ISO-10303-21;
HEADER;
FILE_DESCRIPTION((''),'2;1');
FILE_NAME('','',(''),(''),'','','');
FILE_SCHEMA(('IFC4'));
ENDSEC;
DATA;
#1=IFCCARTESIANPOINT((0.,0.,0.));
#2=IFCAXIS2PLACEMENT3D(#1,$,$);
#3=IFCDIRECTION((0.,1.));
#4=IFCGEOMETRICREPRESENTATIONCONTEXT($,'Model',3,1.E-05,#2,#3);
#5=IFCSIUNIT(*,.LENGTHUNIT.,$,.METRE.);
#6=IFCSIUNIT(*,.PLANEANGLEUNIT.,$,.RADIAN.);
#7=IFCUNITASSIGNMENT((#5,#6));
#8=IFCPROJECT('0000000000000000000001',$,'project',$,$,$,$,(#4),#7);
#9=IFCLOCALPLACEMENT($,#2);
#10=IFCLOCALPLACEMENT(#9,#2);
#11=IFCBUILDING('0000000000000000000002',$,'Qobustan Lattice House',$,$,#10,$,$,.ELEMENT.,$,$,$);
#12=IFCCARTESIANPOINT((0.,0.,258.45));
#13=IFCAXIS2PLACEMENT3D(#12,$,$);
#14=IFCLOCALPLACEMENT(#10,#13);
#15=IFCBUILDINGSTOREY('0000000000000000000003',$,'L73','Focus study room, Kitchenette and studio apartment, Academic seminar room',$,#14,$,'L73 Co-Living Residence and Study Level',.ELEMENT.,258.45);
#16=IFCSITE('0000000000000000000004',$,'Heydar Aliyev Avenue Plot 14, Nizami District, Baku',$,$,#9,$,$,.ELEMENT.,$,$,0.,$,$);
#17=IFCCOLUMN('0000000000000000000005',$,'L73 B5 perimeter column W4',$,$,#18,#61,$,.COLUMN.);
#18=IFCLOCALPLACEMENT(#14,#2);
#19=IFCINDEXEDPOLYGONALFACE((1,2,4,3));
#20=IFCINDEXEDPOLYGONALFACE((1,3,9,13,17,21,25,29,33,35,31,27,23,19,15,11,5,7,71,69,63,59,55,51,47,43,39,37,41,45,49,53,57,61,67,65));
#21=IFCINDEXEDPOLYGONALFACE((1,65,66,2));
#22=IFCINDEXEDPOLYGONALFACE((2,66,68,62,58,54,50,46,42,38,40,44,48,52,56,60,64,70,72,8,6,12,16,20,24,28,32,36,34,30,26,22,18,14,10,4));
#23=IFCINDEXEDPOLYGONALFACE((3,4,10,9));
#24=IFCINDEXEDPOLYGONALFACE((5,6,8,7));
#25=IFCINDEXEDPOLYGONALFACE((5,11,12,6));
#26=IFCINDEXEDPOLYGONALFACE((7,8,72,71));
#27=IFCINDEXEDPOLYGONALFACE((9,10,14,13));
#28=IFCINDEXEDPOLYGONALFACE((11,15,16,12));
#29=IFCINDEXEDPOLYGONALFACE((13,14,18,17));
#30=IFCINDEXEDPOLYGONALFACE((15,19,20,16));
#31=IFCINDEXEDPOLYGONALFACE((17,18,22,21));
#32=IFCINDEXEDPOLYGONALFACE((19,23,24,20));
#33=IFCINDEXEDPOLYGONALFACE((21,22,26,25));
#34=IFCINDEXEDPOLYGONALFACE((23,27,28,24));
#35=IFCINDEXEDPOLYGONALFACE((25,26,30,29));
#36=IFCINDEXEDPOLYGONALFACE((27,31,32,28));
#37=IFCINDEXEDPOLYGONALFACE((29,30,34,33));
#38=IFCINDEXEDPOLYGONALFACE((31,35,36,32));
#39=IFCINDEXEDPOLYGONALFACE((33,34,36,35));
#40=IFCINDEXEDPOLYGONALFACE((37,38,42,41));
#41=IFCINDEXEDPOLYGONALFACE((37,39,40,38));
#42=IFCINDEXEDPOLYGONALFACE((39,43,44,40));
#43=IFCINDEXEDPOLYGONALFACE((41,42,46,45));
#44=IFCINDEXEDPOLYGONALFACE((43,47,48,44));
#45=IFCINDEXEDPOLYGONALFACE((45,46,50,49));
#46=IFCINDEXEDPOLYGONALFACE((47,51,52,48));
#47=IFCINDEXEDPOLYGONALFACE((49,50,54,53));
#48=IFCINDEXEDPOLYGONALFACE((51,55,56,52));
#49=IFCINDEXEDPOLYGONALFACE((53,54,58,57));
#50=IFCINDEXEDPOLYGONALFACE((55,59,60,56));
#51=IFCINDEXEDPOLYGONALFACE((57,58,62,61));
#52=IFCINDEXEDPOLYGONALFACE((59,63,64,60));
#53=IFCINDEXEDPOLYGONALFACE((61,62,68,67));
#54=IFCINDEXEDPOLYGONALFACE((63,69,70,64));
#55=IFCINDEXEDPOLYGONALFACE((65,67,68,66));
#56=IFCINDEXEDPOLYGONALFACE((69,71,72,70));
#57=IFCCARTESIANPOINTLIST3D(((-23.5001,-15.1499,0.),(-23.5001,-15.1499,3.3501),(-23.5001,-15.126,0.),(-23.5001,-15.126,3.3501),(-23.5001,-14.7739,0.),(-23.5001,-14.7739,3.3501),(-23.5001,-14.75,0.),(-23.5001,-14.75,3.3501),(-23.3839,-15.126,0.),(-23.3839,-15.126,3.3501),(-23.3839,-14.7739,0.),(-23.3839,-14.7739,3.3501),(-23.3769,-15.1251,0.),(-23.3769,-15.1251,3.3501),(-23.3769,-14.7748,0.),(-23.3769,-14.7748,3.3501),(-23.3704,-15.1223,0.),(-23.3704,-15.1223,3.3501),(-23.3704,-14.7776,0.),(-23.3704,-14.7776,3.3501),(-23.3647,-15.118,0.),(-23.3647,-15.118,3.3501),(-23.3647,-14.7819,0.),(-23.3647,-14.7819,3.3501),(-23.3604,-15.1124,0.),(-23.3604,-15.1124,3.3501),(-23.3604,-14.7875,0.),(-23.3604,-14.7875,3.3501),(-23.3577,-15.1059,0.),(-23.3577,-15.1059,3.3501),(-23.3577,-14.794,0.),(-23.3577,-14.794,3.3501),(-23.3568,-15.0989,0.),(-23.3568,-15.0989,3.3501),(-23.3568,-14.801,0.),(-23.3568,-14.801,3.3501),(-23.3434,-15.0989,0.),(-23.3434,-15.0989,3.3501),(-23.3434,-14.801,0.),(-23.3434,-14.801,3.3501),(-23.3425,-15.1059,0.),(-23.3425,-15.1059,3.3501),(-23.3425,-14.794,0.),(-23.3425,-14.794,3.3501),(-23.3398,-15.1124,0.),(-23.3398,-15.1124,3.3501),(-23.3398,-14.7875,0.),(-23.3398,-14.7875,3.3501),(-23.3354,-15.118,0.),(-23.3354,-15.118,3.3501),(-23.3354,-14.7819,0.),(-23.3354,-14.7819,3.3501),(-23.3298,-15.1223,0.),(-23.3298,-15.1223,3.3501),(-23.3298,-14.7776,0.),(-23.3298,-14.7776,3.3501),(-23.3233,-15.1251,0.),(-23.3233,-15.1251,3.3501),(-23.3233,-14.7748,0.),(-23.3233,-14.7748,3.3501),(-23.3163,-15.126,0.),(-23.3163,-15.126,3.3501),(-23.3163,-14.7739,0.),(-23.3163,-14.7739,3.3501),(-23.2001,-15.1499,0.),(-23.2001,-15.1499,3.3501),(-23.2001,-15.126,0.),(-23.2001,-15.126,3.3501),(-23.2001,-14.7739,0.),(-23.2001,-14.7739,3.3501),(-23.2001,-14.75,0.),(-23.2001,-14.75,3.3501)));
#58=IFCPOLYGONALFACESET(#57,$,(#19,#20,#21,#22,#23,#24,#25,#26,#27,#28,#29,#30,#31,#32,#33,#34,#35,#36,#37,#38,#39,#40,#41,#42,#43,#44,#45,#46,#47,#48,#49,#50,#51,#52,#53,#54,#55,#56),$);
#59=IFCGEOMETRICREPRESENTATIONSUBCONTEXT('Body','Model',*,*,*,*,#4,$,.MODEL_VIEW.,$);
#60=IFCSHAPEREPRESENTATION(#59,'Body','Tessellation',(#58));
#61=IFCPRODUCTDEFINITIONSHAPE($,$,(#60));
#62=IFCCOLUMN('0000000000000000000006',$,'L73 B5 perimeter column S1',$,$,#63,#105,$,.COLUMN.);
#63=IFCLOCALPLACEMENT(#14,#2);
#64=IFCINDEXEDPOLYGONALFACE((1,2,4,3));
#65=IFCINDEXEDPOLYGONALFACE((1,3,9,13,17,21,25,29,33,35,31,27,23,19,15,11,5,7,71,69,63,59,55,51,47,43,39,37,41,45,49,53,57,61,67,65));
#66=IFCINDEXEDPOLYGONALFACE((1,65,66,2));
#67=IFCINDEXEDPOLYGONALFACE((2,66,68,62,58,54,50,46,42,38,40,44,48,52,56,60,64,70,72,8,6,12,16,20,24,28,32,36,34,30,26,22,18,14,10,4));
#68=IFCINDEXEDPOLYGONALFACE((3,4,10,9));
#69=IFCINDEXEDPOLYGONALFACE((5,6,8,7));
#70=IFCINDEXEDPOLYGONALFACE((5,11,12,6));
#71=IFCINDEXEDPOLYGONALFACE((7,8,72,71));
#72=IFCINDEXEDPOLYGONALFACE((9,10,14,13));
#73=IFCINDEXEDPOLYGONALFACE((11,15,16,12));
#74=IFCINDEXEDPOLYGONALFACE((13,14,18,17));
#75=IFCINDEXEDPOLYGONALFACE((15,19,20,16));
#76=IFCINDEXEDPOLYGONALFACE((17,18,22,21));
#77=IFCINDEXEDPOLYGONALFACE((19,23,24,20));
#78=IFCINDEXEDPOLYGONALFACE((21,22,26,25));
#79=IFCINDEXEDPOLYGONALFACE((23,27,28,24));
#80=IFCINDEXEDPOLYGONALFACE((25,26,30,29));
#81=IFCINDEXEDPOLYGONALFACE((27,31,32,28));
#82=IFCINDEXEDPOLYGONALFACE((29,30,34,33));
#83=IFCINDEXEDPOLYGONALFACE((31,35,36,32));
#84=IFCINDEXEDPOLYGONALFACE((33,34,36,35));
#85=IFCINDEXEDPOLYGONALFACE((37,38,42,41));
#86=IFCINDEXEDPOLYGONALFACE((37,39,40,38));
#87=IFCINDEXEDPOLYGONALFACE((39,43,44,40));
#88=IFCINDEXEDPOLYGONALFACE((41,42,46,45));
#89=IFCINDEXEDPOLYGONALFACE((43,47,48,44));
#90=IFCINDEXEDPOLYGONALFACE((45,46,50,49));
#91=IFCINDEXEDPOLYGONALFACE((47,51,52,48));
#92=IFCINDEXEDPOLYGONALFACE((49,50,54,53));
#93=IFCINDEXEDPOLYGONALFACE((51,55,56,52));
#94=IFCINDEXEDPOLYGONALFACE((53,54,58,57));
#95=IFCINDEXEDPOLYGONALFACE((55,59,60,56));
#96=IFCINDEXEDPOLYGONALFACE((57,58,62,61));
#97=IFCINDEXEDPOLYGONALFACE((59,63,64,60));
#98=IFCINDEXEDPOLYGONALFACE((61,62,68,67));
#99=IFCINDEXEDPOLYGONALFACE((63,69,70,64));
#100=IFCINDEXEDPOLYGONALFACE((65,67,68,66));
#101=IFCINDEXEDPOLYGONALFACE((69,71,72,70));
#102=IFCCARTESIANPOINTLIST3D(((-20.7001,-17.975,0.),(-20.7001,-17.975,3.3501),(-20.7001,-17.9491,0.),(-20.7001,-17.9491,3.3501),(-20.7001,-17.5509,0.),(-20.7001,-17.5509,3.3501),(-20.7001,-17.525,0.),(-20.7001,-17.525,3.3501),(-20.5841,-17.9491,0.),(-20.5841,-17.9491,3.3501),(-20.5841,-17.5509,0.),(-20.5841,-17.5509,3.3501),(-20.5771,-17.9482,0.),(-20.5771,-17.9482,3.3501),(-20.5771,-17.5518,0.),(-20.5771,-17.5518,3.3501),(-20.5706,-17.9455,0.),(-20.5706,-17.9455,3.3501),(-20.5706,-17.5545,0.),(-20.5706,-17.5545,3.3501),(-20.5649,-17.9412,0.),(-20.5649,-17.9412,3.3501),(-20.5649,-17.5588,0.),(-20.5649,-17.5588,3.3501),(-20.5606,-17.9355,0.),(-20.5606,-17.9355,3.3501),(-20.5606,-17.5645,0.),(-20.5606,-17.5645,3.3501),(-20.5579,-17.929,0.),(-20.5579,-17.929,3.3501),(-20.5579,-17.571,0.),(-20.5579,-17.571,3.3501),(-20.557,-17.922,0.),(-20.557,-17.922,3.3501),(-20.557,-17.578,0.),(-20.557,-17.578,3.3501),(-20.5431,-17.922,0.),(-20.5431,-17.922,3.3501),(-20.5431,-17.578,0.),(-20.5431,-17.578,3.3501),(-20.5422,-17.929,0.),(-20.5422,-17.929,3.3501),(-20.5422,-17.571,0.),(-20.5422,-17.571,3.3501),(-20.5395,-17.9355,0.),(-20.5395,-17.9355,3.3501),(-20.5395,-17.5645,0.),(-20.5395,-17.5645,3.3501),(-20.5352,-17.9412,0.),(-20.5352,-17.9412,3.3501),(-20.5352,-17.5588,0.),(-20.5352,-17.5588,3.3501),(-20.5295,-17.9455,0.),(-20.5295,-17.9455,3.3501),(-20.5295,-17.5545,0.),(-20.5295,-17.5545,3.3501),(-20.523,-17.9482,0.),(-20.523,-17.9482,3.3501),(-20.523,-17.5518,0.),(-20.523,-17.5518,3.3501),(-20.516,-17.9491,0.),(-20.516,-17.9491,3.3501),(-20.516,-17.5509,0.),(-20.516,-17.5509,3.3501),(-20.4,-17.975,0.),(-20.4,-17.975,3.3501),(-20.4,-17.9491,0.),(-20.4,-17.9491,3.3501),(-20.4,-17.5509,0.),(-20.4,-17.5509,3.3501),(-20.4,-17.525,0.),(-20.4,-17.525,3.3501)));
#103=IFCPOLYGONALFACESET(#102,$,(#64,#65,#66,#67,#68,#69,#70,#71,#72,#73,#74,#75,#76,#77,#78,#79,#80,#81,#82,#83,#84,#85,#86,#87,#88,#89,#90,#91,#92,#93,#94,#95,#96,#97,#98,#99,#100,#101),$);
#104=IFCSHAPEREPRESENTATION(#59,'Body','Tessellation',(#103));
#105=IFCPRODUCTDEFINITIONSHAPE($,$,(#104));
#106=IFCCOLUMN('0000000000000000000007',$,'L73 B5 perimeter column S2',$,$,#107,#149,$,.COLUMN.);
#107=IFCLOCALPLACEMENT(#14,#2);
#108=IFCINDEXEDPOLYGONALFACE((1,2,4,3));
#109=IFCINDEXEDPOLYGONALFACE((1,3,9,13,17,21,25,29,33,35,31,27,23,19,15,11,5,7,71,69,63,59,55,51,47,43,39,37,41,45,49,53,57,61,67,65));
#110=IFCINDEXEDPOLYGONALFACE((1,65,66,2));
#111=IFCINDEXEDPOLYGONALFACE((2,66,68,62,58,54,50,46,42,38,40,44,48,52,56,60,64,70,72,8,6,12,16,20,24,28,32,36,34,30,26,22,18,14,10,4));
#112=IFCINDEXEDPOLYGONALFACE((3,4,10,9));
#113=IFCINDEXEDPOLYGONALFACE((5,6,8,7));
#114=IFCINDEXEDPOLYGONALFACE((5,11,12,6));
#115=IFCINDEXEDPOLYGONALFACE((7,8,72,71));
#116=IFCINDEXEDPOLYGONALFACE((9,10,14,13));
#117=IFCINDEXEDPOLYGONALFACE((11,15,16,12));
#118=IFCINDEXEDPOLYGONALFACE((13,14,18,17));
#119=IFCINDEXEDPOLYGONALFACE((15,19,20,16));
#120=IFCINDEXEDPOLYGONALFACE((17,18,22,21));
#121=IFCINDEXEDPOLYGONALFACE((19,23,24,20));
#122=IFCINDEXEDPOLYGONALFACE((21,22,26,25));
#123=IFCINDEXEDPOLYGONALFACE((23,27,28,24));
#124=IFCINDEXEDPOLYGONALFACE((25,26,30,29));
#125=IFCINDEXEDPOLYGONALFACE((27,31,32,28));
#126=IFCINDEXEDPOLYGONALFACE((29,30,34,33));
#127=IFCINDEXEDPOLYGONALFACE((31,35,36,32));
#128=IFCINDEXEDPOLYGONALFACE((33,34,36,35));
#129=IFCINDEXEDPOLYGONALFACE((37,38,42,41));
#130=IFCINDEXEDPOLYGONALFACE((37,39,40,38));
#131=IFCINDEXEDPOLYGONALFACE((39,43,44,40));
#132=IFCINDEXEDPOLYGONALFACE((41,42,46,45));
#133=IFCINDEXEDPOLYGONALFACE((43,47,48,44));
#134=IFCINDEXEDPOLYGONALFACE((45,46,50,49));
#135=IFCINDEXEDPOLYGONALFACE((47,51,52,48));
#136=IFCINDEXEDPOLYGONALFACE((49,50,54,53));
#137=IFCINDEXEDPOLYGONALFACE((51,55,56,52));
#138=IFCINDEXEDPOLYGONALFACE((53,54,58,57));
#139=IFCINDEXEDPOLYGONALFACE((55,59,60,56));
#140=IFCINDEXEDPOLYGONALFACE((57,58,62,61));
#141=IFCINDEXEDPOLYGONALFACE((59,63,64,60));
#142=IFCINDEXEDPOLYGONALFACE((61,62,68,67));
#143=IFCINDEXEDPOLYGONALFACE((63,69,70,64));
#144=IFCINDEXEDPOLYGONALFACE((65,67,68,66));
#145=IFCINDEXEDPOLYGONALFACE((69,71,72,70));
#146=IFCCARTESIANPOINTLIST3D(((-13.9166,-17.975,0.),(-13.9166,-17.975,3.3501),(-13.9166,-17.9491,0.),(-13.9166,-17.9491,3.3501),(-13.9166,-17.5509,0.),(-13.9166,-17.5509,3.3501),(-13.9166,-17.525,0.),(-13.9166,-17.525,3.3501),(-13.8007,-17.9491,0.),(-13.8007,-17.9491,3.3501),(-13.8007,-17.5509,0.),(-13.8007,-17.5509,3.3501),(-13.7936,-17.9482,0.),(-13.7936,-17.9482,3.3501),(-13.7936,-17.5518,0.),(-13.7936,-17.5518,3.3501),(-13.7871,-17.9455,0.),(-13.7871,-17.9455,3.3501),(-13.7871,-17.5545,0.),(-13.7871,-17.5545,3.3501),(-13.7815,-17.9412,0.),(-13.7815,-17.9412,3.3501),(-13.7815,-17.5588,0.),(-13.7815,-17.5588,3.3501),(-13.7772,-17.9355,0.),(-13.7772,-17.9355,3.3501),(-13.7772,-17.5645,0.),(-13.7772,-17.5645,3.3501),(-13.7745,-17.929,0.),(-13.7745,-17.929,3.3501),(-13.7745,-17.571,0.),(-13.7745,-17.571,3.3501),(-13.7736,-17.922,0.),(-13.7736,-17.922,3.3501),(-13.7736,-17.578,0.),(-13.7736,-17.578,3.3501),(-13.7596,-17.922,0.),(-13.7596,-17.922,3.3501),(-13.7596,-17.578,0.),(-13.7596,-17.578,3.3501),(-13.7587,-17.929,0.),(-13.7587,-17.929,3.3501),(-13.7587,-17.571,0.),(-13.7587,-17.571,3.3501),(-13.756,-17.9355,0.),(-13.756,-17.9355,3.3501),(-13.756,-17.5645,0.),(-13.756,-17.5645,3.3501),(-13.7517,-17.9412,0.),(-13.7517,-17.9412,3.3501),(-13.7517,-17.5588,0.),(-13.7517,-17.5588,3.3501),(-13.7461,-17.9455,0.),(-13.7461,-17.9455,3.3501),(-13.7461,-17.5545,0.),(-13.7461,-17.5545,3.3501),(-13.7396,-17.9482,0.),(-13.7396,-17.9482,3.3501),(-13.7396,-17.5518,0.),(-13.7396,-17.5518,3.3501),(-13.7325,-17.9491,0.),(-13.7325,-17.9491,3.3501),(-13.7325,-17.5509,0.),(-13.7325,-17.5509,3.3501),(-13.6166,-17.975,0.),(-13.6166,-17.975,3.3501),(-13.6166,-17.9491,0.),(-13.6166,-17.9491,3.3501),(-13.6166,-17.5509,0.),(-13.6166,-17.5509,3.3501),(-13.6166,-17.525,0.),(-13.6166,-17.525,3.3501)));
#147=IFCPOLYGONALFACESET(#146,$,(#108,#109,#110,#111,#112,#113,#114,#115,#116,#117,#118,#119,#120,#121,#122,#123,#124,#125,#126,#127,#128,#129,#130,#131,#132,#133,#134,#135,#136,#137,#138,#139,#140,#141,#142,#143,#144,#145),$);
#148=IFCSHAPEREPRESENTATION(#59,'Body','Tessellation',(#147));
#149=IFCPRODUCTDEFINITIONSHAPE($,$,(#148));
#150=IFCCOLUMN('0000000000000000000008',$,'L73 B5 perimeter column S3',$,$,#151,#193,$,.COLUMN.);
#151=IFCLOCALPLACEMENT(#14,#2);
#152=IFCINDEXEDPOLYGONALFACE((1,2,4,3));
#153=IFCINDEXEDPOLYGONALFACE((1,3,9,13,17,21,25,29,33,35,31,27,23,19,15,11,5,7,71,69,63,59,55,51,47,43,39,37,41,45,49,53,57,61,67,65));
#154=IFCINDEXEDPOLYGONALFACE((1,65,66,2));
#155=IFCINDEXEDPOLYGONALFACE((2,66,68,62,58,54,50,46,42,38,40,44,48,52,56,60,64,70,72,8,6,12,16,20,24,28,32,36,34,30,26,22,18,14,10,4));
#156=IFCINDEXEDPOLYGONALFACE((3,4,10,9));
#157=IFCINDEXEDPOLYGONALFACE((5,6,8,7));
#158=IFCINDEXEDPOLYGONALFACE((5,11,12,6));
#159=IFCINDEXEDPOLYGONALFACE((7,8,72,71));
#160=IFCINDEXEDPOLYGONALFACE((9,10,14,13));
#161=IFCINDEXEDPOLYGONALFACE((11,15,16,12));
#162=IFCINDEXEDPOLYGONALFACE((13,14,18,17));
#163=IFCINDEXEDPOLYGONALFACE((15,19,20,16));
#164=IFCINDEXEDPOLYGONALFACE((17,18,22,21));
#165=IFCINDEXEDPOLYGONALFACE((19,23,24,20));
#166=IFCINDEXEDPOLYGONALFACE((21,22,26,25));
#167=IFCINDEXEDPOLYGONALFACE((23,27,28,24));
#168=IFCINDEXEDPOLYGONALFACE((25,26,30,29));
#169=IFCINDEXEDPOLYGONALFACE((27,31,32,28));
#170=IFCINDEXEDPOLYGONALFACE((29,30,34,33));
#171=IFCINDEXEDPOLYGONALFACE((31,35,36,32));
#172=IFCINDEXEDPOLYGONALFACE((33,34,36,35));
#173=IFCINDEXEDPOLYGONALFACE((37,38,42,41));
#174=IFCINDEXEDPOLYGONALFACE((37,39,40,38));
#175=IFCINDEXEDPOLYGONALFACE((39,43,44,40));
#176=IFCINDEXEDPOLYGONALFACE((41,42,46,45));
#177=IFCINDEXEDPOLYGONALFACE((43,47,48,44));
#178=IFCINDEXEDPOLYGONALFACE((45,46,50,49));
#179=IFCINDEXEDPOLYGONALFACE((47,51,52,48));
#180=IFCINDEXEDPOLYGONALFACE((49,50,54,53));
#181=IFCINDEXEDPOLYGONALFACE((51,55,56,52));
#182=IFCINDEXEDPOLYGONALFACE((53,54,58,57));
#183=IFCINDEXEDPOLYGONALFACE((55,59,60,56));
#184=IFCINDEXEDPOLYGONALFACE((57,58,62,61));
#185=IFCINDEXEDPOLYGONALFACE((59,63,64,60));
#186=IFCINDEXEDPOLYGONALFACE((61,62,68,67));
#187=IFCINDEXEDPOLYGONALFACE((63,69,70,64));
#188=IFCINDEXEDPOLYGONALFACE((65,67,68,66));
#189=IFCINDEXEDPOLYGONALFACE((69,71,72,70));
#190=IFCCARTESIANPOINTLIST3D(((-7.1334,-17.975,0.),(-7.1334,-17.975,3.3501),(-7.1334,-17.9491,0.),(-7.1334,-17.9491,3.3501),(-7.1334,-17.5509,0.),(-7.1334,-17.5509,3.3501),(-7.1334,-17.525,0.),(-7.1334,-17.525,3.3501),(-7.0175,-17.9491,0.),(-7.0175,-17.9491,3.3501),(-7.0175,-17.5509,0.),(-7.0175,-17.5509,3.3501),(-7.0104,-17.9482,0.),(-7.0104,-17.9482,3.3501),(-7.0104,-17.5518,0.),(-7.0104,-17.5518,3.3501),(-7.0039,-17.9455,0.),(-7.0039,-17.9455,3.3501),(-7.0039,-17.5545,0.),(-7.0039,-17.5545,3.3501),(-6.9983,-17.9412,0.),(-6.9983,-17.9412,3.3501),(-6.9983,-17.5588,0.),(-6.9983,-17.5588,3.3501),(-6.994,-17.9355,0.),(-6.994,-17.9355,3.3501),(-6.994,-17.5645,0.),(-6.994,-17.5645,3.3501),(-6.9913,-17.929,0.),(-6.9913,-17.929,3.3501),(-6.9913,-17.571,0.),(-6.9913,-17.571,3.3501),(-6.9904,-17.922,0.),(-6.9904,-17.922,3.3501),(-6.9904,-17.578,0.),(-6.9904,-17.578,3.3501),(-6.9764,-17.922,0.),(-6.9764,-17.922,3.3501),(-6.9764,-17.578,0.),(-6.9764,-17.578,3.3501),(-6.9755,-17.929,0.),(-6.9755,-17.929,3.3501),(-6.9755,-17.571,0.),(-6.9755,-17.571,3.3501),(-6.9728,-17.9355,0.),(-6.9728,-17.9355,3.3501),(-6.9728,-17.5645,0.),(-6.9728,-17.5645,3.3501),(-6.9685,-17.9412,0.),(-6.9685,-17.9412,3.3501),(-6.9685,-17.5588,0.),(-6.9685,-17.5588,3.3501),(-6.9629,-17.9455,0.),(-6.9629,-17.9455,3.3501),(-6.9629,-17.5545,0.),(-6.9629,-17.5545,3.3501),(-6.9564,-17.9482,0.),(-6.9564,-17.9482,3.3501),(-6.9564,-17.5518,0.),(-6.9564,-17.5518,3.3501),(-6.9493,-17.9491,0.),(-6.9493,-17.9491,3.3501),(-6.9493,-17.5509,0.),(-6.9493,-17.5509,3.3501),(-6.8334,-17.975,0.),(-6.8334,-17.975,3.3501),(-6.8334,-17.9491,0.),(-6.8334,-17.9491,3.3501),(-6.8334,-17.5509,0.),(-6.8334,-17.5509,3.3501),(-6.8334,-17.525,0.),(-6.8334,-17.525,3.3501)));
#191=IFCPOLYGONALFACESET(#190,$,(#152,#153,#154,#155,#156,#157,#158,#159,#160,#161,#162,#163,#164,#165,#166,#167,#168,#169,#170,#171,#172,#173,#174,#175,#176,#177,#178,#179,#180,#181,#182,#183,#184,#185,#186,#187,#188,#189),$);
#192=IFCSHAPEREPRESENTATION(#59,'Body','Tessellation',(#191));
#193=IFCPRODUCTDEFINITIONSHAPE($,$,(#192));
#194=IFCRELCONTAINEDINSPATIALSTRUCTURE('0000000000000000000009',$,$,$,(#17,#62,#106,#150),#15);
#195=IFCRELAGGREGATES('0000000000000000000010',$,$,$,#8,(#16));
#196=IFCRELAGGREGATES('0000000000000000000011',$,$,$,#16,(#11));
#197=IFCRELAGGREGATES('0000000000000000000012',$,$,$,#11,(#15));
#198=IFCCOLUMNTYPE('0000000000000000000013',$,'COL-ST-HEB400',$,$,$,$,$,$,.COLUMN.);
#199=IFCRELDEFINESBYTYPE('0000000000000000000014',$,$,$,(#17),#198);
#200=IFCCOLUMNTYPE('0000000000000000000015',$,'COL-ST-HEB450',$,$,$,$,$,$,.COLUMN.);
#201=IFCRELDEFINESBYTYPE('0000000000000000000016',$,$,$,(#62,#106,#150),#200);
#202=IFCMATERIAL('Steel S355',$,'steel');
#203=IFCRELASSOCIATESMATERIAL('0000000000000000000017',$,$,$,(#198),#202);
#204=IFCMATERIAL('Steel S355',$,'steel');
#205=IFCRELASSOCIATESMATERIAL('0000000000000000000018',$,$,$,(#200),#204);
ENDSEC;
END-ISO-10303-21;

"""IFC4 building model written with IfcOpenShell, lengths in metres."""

from ifc_helpers import new_model, si_unit, direction, frame, origin, origin_2d, place, context, subcontext, project, spatial, i_section, extrude, material, material_profile, profile_set, type_object, element, save


model = new_model("IFC4")

# Units and contexts
model_context = context("Model", 3, precision=1e-05, world=origin(), true_north=direction((0.0, 1.0)))
body_context = subcontext(model_context, "Body", "Model", "MODEL_VIEW")
ifc_project = project(units=[si_unit("LENGTHUNIT", "METRE"), si_unit("PLANEANGLEUNIT", "RADIAN")], contexts=[model_context])

# Site, building, storey
site_placement = place(None, origin())
site = spatial("IfcSite", under=ifc_project, at=site_placement, Name="Heydar Aliyev Avenue Plot 14, Nizami District, Baku", CompositionType="ELEMENT", RefElevation=0.0)
building_placement = place(site_placement, origin())
building = spatial("IfcBuilding", under=site, at=building_placement, Name="Qobustan Lattice House", CompositionType="ELEMENT")
storey_placement = place(building_placement, frame((0.0, 0.0, 258.45)))
storey = spatial("IfcBuildingStorey", under=building, at=storey_placement, Name="L73", Description="Focus study room, Kitchenette and studio apartment, Academic seminar room", LongName="L73 Co-Living Residence and Study Level", CompositionType="ELEMENT", Elevation=258.45)

# Columns
ifc_material_1 = material(Name="Steel S355", Category="steel")
ifc_material_profile_1 = material_profile(ifc_material_1, i_section(OverallWidth=0.3, OverallDepth=0.3999, WebThickness=0.0134, FlangeThickness=0.0239, FilletRadius=0.0271, at=origin_2d()), Name="HEB400")
ifc_profile_set_1 = profile_set([ifc_material_profile_1], Name="Steel S355")
column_type_1 = type_object("IfcColumnType", Name="COL-ST-HEB400", PredefinedType="COLUMN", material=ifc_profile_set_1)
column_placement = place(storey_placement, frame((-23.3501, -14.95, 0.0), z_axis=(0.0, 0.0, 1.0), x_axis=(1.0, 0.0, 0.0)))
element("IfcColumn", 1, at=column_placement, inside=storey, type_object=column_type_1, Name="L73 B5 perimeter column W4", PredefinedType="COLUMN", context=body_context, shape_type="SweptSolid", body=[
    extrude(i_section(OverallWidth=0.3, OverallDepth=0.3999, WebThickness=0.0134, FlangeThickness=0.0239, FilletRadius=0.0271, at=origin_2d()), origin(), (0.0, 0.0, 1.0), 3.3501),
])
ifc_material_2 = material(Name="Steel S355", Category="steel")
ifc_material_profile_2 = material_profile(ifc_material_2, i_section(OverallWidth=0.3, OverallDepth=0.45, WebThickness=0.0139, FlangeThickness=0.0259, FilletRadius=0.0271, at=origin_2d()), Name="HEB450")
ifc_profile_set_2 = profile_set([ifc_material_profile_2], Name="Steel S355")
column_type_2 = type_object("IfcColumnType", Name="COL-ST-HEB450", PredefinedType="COLUMN", material=ifc_profile_set_2)
for number, where, z_axis, x_axis, name in (
    (2, (-20.55, -17.75, 0.0), (0.0, 0.0, 1.0), (1.0, 0.0, 0.0), "L73 B5 perimeter column S1"),
    (3, (-13.7666, -17.75, 0.0), (0.0, 0.0, 1.0), (1.0, 0.0, 0.0), "L73 B5 perimeter column S2"),
    (4, (-6.9834, -17.75, 0.0), (0.0, 0.0, 1.0), (1.0, 0.0, 0.0), "L73 B5 perimeter column S3"),
):
    element("IfcColumn", number, at=place(storey_placement, frame(where, z_axis=z_axis, x_axis=x_axis)), inside=storey, type_object=column_type_2, Name=name, PredefinedType="COLUMN", context=body_context, shape_type="SweptSolid", body=[
        extrude(i_section(OverallWidth=0.3, OverallDepth=0.45, WebThickness=0.0139, FlangeThickness=0.0259, FilletRadius=0.0271, at=origin_2d()), origin(), (0.0, 0.0, 1.0), 3.3501),
    ])

save(model, "model.ifc")
